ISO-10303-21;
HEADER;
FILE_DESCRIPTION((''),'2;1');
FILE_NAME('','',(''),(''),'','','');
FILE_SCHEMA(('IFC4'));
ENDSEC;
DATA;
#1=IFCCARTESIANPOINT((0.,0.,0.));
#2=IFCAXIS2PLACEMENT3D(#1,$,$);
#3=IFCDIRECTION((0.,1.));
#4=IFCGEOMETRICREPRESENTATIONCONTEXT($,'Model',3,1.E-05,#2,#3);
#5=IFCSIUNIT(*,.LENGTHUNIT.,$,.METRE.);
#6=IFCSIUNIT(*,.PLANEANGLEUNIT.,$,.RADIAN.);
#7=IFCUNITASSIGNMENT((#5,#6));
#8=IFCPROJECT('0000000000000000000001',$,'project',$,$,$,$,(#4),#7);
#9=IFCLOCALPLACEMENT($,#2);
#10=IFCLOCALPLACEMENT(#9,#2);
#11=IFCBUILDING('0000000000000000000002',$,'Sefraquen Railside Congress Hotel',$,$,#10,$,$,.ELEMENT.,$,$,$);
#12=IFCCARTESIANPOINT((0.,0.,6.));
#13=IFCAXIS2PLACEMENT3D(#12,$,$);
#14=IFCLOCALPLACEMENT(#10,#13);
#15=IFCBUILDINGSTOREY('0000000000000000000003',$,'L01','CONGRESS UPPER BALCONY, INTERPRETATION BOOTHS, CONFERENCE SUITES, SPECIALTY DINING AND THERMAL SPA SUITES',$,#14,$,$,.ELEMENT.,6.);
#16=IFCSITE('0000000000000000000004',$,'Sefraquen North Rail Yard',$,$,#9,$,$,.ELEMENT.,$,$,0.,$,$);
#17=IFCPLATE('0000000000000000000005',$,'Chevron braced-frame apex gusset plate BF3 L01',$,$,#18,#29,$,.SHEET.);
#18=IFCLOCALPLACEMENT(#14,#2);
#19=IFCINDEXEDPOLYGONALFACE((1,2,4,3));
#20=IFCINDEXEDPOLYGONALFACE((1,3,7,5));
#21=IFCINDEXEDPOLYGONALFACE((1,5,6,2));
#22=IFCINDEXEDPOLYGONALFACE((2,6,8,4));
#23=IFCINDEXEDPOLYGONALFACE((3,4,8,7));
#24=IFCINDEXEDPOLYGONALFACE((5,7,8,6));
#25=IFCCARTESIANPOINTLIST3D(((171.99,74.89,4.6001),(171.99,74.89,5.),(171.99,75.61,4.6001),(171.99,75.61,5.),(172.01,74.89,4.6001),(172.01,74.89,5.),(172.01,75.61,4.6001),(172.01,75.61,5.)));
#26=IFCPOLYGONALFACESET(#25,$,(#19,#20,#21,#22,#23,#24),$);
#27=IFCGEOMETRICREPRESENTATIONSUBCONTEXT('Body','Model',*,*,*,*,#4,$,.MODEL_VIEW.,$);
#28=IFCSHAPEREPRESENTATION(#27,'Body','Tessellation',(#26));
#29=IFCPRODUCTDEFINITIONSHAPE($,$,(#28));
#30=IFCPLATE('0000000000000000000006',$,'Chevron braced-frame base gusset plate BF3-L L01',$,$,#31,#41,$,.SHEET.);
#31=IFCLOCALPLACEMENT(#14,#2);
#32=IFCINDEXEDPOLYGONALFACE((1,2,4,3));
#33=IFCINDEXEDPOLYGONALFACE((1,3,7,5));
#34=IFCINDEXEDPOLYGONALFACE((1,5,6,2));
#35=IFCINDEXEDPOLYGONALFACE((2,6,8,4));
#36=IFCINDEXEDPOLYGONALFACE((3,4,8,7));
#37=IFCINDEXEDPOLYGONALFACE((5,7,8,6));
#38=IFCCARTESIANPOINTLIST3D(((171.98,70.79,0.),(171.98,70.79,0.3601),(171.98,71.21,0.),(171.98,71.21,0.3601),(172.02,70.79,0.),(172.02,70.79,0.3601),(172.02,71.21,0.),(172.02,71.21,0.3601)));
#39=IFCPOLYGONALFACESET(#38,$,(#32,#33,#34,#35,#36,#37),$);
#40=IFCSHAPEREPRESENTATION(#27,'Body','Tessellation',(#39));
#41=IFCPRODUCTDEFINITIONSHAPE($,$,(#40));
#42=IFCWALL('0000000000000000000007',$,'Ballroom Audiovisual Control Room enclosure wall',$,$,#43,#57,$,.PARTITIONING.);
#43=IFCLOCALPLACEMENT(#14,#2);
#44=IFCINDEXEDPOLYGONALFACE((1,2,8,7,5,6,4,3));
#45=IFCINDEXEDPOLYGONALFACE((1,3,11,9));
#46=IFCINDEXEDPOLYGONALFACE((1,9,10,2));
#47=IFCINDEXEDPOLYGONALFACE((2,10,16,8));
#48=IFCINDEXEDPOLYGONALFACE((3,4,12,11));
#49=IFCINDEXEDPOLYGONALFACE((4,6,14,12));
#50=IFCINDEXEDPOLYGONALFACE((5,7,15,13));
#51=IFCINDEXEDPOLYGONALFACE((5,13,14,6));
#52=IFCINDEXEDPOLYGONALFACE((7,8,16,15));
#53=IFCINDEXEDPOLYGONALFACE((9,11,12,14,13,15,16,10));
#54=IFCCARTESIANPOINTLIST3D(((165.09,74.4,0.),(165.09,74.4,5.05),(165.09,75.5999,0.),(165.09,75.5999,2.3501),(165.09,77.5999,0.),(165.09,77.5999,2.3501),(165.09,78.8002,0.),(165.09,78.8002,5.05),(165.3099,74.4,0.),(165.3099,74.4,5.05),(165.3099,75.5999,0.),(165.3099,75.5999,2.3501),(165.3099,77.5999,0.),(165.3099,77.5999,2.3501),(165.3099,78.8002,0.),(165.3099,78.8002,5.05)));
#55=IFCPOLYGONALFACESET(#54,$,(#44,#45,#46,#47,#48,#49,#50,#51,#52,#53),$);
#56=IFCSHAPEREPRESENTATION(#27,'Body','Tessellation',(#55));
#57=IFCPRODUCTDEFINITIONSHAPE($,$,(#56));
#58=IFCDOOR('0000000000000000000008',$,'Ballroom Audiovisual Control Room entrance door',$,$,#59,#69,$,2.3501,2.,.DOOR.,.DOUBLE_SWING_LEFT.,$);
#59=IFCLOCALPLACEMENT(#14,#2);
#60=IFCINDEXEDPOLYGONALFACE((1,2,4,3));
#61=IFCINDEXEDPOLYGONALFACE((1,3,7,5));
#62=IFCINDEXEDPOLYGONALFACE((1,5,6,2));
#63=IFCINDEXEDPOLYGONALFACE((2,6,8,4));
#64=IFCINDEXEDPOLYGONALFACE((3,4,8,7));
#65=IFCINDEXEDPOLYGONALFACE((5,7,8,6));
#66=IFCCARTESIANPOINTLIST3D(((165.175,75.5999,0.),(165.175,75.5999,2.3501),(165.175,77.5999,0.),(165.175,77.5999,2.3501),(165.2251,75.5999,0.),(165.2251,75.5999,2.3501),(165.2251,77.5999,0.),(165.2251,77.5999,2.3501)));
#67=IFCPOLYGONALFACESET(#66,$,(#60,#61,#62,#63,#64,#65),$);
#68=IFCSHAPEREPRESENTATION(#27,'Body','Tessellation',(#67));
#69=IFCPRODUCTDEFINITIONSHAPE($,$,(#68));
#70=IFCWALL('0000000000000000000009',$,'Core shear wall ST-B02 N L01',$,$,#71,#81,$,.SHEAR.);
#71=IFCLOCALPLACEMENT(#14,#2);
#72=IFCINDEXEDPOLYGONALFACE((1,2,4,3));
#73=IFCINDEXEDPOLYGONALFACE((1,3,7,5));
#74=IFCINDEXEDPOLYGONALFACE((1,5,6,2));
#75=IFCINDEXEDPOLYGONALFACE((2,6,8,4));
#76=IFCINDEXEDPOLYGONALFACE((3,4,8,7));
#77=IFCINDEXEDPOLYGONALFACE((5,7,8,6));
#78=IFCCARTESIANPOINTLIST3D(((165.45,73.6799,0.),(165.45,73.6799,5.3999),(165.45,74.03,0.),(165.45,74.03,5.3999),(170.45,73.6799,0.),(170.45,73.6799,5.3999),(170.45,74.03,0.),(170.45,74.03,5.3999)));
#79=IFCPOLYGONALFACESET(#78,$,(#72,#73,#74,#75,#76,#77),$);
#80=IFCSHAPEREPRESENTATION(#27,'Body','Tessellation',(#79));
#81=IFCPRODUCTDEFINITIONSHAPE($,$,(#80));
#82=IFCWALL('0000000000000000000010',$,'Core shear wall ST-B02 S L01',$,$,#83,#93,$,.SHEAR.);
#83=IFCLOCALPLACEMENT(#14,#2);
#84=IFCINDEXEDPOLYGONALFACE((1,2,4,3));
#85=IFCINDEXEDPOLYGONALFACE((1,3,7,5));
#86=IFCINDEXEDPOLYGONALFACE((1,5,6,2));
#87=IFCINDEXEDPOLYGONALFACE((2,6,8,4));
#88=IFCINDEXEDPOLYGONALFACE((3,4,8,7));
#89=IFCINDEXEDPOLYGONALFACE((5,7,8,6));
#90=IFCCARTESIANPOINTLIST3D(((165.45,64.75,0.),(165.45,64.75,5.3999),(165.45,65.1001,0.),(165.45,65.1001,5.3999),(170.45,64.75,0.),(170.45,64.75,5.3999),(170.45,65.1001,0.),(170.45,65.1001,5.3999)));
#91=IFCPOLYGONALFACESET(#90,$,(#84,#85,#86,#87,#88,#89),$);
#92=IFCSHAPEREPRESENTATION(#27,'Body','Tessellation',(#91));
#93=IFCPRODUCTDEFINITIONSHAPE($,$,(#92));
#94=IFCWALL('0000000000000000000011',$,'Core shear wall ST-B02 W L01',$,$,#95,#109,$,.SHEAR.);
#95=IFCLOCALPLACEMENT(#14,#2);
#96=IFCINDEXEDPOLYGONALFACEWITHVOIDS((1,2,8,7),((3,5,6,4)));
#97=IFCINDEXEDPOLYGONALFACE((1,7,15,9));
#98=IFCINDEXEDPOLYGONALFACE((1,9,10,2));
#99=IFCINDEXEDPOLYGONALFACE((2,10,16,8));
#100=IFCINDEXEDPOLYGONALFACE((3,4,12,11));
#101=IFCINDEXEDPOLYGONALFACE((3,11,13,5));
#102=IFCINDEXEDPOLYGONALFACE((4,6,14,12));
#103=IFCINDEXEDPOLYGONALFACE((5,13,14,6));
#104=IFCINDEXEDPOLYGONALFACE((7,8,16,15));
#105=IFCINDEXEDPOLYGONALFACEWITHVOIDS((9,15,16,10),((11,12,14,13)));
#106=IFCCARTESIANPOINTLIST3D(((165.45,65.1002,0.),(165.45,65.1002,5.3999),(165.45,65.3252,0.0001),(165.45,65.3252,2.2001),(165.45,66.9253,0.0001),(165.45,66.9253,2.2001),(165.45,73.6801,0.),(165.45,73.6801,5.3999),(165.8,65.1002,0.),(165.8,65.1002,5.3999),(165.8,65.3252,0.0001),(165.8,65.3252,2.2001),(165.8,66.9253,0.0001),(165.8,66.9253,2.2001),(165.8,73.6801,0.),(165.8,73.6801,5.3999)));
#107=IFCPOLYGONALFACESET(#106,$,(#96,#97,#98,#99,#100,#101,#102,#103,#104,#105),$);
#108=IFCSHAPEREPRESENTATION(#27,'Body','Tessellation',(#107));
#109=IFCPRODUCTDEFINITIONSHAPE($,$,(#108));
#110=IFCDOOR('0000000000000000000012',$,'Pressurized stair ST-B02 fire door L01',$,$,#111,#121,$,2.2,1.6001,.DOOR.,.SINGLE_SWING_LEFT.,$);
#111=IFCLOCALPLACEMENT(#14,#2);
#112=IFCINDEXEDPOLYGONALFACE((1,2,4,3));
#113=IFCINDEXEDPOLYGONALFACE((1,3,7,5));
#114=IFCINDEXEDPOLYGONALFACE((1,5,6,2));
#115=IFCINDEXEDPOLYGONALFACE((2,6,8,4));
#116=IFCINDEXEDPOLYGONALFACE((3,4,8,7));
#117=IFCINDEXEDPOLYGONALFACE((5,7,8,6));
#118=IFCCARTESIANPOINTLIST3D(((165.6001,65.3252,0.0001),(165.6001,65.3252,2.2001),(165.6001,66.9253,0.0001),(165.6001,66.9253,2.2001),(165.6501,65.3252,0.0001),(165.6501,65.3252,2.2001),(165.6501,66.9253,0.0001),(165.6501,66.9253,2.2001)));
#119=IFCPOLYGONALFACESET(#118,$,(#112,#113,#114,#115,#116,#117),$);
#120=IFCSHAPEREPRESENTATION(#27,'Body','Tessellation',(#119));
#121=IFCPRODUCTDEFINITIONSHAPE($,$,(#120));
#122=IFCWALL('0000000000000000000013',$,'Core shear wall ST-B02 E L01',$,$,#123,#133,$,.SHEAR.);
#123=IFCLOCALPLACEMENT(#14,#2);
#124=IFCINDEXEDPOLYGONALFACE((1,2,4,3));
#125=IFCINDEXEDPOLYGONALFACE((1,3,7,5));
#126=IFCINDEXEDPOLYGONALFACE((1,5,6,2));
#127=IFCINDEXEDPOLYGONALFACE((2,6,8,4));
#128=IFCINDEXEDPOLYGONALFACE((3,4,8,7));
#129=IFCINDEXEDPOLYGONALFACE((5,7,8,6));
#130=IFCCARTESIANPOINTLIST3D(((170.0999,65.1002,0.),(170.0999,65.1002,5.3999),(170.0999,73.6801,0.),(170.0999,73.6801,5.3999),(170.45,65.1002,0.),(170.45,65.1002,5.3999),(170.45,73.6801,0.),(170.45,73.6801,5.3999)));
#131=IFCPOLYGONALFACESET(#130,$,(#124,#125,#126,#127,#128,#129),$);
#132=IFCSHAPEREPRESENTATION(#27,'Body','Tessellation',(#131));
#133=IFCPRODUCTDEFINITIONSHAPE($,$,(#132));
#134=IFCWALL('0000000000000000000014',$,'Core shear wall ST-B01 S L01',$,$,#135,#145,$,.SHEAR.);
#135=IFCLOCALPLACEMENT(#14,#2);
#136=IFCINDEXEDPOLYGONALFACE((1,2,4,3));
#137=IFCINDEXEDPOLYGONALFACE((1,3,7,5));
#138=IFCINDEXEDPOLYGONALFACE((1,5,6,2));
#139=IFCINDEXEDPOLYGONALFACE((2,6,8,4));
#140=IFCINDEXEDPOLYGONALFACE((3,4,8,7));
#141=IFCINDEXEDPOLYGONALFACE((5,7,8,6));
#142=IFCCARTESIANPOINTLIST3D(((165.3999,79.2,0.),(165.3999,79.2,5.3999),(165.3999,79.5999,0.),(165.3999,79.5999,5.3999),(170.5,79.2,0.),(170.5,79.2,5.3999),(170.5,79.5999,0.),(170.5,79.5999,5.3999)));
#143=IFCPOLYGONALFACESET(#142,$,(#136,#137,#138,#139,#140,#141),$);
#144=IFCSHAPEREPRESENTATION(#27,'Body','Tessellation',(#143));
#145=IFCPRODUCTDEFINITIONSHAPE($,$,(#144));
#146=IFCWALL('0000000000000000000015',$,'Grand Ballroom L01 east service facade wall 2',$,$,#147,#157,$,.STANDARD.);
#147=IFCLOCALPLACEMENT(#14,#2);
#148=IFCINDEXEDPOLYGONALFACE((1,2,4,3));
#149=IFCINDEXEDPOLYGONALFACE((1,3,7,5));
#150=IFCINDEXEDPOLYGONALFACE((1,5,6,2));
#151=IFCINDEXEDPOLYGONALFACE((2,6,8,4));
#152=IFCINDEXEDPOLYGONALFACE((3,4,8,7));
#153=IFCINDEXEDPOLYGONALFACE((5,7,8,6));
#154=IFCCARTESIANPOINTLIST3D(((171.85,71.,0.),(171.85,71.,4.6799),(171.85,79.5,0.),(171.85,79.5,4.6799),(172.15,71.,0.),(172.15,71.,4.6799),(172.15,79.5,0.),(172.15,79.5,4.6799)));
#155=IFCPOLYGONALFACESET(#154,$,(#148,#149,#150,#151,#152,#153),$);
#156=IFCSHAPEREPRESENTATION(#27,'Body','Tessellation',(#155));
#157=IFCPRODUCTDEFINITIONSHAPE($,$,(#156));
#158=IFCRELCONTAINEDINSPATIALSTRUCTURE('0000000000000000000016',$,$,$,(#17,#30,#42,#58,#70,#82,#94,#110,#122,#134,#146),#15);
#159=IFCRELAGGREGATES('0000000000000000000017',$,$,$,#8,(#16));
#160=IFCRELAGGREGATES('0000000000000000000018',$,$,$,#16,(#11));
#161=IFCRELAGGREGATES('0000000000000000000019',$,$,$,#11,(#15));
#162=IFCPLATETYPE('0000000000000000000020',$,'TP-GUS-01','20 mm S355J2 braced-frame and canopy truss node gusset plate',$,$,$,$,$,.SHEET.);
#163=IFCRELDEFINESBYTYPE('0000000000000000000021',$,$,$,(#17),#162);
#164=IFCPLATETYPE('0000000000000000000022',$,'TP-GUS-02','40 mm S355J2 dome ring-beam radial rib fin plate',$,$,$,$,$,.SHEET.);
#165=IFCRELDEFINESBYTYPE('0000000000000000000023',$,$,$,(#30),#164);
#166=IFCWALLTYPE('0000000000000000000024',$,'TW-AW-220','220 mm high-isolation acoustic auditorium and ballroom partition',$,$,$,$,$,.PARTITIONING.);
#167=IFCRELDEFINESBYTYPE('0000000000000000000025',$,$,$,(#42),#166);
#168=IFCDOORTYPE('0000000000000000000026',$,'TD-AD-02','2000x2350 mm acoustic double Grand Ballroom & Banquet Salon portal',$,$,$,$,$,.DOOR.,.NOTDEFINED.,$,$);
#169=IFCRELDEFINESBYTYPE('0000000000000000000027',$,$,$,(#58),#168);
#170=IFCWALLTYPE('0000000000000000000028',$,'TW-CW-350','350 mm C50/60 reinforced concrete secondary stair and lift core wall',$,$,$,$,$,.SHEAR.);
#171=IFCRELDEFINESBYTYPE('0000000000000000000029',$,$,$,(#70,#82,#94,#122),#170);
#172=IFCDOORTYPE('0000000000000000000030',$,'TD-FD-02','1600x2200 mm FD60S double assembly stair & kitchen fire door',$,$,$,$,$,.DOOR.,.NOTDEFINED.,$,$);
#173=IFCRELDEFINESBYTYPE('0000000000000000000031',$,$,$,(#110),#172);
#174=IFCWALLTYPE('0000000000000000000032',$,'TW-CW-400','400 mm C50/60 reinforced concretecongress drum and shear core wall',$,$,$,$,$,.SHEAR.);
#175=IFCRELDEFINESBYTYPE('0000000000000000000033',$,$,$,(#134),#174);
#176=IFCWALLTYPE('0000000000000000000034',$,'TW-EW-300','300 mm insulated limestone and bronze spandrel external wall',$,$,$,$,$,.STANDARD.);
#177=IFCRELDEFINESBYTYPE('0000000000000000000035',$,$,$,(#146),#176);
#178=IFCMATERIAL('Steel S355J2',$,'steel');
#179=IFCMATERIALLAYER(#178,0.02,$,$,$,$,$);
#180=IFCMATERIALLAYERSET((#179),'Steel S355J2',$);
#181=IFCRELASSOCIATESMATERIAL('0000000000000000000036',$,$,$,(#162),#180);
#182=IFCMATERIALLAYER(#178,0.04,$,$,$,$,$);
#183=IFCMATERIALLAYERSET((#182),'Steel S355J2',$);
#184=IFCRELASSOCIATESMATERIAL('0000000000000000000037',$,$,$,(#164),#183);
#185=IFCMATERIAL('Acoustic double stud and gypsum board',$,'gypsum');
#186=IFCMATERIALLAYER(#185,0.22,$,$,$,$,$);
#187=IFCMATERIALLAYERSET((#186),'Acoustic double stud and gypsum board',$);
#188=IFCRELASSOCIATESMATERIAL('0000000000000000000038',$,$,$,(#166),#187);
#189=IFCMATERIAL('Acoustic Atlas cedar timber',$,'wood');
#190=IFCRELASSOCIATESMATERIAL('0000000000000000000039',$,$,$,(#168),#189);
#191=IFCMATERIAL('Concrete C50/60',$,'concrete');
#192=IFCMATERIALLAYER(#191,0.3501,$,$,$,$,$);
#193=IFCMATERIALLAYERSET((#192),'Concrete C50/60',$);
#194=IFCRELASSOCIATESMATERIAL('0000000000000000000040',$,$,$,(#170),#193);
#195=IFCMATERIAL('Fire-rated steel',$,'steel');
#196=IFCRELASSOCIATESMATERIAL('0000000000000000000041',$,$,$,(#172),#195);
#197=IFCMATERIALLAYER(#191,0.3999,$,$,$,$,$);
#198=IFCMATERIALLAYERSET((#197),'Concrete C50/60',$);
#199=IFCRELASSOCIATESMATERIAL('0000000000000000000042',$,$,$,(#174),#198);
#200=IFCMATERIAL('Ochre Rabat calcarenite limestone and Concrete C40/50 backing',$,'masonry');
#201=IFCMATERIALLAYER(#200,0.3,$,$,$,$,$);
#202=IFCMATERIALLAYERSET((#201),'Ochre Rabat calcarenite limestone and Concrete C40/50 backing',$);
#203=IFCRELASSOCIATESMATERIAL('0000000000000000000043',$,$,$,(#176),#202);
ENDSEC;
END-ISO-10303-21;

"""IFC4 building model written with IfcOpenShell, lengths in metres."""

from ifc_helpers import new_model, si_unit, direction, frame, frame_2d, origin, origin_2d, place, context, subcontext, project, spatial, rectangle, extrude, material, layer, layer_set, type_object, element, fill, save


model = new_model("IFC4")

# Units and contexts
model_context = context("Model", 3, precision=1e-05, world=origin(), true_north=direction((0.0, 1.0)))
body_context = subcontext(model_context, "Body", "Model", "MODEL_VIEW")
ifc_project = project(units=[si_unit("LENGTHUNIT", "METRE"), si_unit("PLANEANGLEUNIT", "RADIAN")], contexts=[model_context])

# Site, building, storey
site_placement = place(None, origin())
site = spatial("IfcSite", under=ifc_project, at=site_placement, Name="Sefraquen North Rail Yard", CompositionType="ELEMENT", RefElevation=0.0)
building_placement = place(site_placement, origin())
building = spatial("IfcBuilding", under=site, at=building_placement, Name="Sefraquen Railside Congress Hotel", CompositionType="ELEMENT")
storey_placement = place(building_placement, frame((0.0, 0.0, 6.0)))
storey = spatial("IfcBuildingStorey", under=building, at=storey_placement, Name="L01", Description="CONGRESS UPPER BALCONY, INTERPRETATION BOOTHS, CONFERENCE SUITES, SPECIALTY DINING AND THERMAL SPA SUITES", CompositionType="ELEMENT", Elevation=6.0)

# Shared definitions
ifc_material_1 = material(Name="Steel S355J2", Category="steel")

# Plates
ifc_layer_1 = layer(ifc_material_1, 0.02)
ifc_layer_set_1 = layer_set([ifc_layer_1], Name="Steel S355J2")
plate_type_1 = type_object("IfcPlateType", Name="TP-GUS-01", Description="20 mm S355J2 braced-frame and canopy truss node gusset plate", PredefinedType="SHEET", material=ifc_layer_set_1)
plate_1_placement = place(storey_placement, frame((172.0, 75.25, 4.6001), z_axis=(0.0, 0.0, 1.0), x_axis=(0.0, 1.0, 0.0)))
element("IfcPlate", 1, at=plate_1_placement, inside=storey, type_object=plate_type_1, Name="Chevron braced-frame apex gusset plate BF3 L01", PredefinedType="SHEET", context=body_context, shape_type="SweptSolid", body=[
    extrude(rectangle(XDim=0.72, YDim=0.02, at=origin_2d()), origin(), (0.0, 0.0, 1.0), 0.3999),
])
ifc_layer_2 = layer(ifc_material_1, 0.04)
ifc_layer_set_2 = layer_set([ifc_layer_2], Name="Steel S355J2")
plate_type_2 = type_object("IfcPlateType", Name="TP-GUS-02", Description="40 mm S355J2 dome ring-beam radial rib fin plate", PredefinedType="SHEET", material=ifc_layer_set_2)
plate_2_placement = place(storey_placement, frame((172.0, 71.0, 0.0), z_axis=(0.0, 0.0, 1.0), x_axis=(0.0, 1.0, 0.0)))
element("IfcPlate", 2, at=plate_2_placement, inside=storey, type_object=plate_type_2, Name="Chevron braced-frame base gusset plate BF3-L L01", PredefinedType="SHEET", context=body_context, shape_type="SweptSolid", body=[
    extrude(rectangle(XDim=0.4199, YDim=0.04, at=origin_2d()), origin(), (0.0, 0.0, 1.0), 0.3601),
])

# Wall, opening, door
ifc_material_2 = material(Name="Acoustic double stud and gypsum board", Category="gypsum")
ifc_layer_3 = layer(ifc_material_2, 0.22)
ifc_layer_set_3 = layer_set([ifc_layer_3], Name="Acoustic double stud and gypsum board")
wall_type_1 = type_object("IfcWallType", Name="TW-AW-220", Description="220 mm high-isolation acoustic auditorium and ballroom partition", PredefinedType="PARTITIONING", material=ifc_layer_set_3)
wall_1_placement = place(storey_placement, frame((165.2, 74.3999, 0.0), z_axis=(0.0, 0.0, 1.0), x_axis=(0.0, 1.0, 0.0)))
wall_1 = element("IfcWall", 3, at=wall_1_placement, inside=storey, type_object=wall_type_1, Name="Ballroom Audiovisual Control Room enclosure wall", PredefinedType="PARTITIONING", context=body_context, shape_type="SweptSolid", body=[
    extrude(rectangle(XDim=4.4001, YDim=0.22, at=frame_2d((2.2002, 0.0))), origin(), (0.0, 0.0, 1.0), 5.05),
])
opening_1_placement = place(wall_1_placement, frame((1.2, 0.0, 0.0)))
opening_1 = element("IfcOpeningElement", 4, at=opening_1_placement, cuts=wall_1, PredefinedType="OPENING", context=body_context, shape_type="SweptSolid", body=[
    extrude(rectangle(XDim=2.0, YDim=2.3501, at=frame_2d((1.0, 1.175))), frame((0.0, 0.1199, 0.0), z_axis=(0.0, -1.0, 0.0), x_axis=(1.0, 0.0, 0.0)), (0.0, 0.0, 1.0), 0.24),
])
ifc_material_3 = material(Name="Acoustic Atlas cedar timber", Category="wood")
door_type_1 = type_object("IfcDoorType", Name="TD-AD-02", Description="2000x2350 mm acoustic double Grand Ballroom & Banquet Salon portal", OperationType="NOTDEFINED", PredefinedType="DOOR", material=ifc_material_3)
door_1_placement = place(opening_1_placement, origin())
door_1 = element("IfcDoor", 5, at=door_1_placement, inside=storey, type_object=door_type_1, Name="Ballroom Audiovisual Control Room entrance door", OperationType="DOUBLE_SWING_LEFT", OverallHeight=2.3501, OverallWidth=2.0, PredefinedType="DOOR", context=body_context, shape_type="SweptSolid", body=[
    extrude(rectangle(XDim=2.0, YDim=2.3501, at=frame_2d((1.0, 1.175))), frame((0.0, 0.0249, 0.0), z_axis=(0.0, -1.0, 0.0), x_axis=(1.0, 0.0, 0.0)), (0.0, 0.0, 1.0), 0.05),
])
fill(opening_1, door_1)

# Walls
ifc_material_4 = material(Name="Concrete C50/60", Category="concrete")
ifc_layer_4 = layer(ifc_material_4, 0.3501)
ifc_layer_set_4 = layer_set([ifc_layer_4], Name="Concrete C50/60")
wall_type_2 = type_object("IfcWallType", Name="TW-CW-350", Description="350 mm C50/60 reinforced concrete secondary stair and lift core wall", PredefinedType="SHEAR", material=ifc_layer_set_4)
for number, where, z_axis, x_axis, name in (
    (6, (165.45, 73.855, 0.0), (0.0, 0.0, 1.0), (1.0, 0.0, 0.0), "Core shear wall ST-B02 N L01"),
    (7, (165.45, 64.925, 0.0), (0.0, 0.0, 1.0), (1.0, 0.0, 0.0), "Core shear wall ST-B02 S L01"),
):
    element("IfcWall", number, at=place(storey_placement, frame(where, z_axis=z_axis, x_axis=x_axis)), inside=storey, type_object=wall_type_2, Name=name, PredefinedType="SHEAR", context=body_context, shape_type="SweptSolid", body=[
        extrude(rectangle(XDim=5.0, YDim=0.3501, at=frame_2d((2.5, 0.0))), origin(), (0.0, 0.0, 1.0), 5.3999),
    ])

# Wall, opening, door
wall_2_placement = place(storey_placement, frame((165.625, 65.1001, 0.0), z_axis=(0.0, 0.0, 1.0), x_axis=(0.0, 1.0, 0.0)))
wall_2 = element("IfcWall", 8, at=wall_2_placement, inside=storey, type_object=wall_type_2, Name="Core shear wall ST-B02 W L01", PredefinedType="SHEAR", context=body_context, shape_type="SweptSolid", body=[
    extrude(rectangle(XDim=8.5798, YDim=0.3501, at=frame_2d((4.29, 0.0))), origin(), (0.0, 0.0, 1.0), 5.3999),
])
opening_2_placement = place(wall_2_placement, frame((0.2251, 0.0, 0.0)))
opening_2 = element("IfcOpeningElement", 9, at=opening_2_placement, cuts=wall_2, PredefinedType="OPENING", context=body_context, shape_type="SweptSolid", body=[
    extrude(rectangle(XDim=1.6001, YDim=2.2, at=frame_2d((0.8, 1.1001))), frame((0.0, 0.1851, 0.0), z_axis=(0.0, -1.0, 0.0), x_axis=(1.0, 0.0, 0.0)), (0.0, 0.0, 1.0), 0.3701),
])
ifc_material_5 = material(Name="Fire-rated steel", Category="steel")
door_type_2 = type_object("IfcDoorType", Name="TD-FD-02", Description="1600x2200 mm FD60S double assembly stair & kitchen fire door", OperationType="NOTDEFINED", PredefinedType="DOOR", material=ifc_material_5)
door_2_placement = place(opening_2_placement, origin())
door_2 = element("IfcDoor", 10, at=door_2_placement, inside=storey, type_object=door_type_2, Name="Pressurized stair ST-B02 fire door L01", OperationType="SINGLE_SWING_LEFT", OverallHeight=2.2, OverallWidth=1.6001, PredefinedType="DOOR", context=body_context, shape_type="SweptSolid", body=[
    extrude(rectangle(XDim=1.6001, YDim=2.2, at=frame_2d((0.8, 1.1001))), frame((0.0, 0.0249, 0.0), z_axis=(0.0, -1.0, 0.0), x_axis=(1.0, 0.0, 0.0)), (0.0, 0.0, 1.0), 0.05),
])
fill(opening_2, door_2)

# Walls
wall_3_placement = place(storey_placement, frame((170.2749, 65.1001, 0.0), z_axis=(0.0, 0.0, 1.0), x_axis=(0.0, 1.0, 0.0)))
element("IfcWall", 11, at=wall_3_placement, inside=storey, type_object=wall_type_2, Name="Core shear wall ST-B02 E L01", PredefinedType="SHEAR", context=body_context, shape_type="SweptSolid", body=[
    extrude(rectangle(XDim=8.5798, YDim=0.3501, at=frame_2d((4.29, 0.0))), origin(), (0.0, 0.0, 1.0), 5.3999),
])
ifc_layer_5 = layer(ifc_material_4, 0.3999)
ifc_layer_set_5 = layer_set([ifc_layer_5], Name="Concrete C50/60")
wall_type_3 = type_object("IfcWallType", Name="TW-CW-400", Description="400 mm C50/60 reinforced concretecongress drum and shear core wall", PredefinedType="SHEAR", material=ifc_layer_set_5)
wall_4_placement = place(storey_placement, frame((165.3999, 79.3999, 0.0), z_axis=(0.0, 0.0, 1.0), x_axis=(1.0, 0.0, 0.0)))
element("IfcWall", 12, at=wall_4_placement, inside=storey, type_object=wall_type_3, Name="Core shear wall ST-B01 S L01", PredefinedType="SHEAR", context=body_context, shape_type="SweptSolid", body=[
    extrude(rectangle(XDim=5.1001, YDim=0.3999, at=frame_2d((2.55, 0.0))), origin(), (0.0, 0.0, 1.0), 5.3999),
])
ifc_material_6 = material(Name="Ochre Rabat calcarenite limestone and Concrete C40/50 backing", Category="masonry")
ifc_layer_6 = layer(ifc_material_6, 0.3)
ifc_layer_set_6 = layer_set([ifc_layer_6], Name="Ochre Rabat calcarenite limestone and Concrete C40/50 backing")
wall_type_4 = type_object("IfcWallType", Name="TW-EW-300", Description="300 mm insulated limestone and bronze spandrel external wall", PredefinedType="STANDARD", material=ifc_layer_set_6)
wall_5_placement = place(storey_placement, frame((172.0, 71.0, 0.0), z_axis=(0.0, 0.0, 1.0), x_axis=(0.0, 1.0, 0.0)))
element("IfcWall", 13, at=wall_5_placement, inside=storey, type_object=wall_type_4, Name="Grand Ballroom L01 east service facade wall 2", PredefinedType="STANDARD", context=body_context, shape_type="SweptSolid", body=[
    extrude(rectangle(XDim=8.5, YDim=0.3, at=frame_2d((4.25, 0.0))), origin(), (0.0, 0.0, 1.0), 4.6799),
])

save(model, "model.ifc")
